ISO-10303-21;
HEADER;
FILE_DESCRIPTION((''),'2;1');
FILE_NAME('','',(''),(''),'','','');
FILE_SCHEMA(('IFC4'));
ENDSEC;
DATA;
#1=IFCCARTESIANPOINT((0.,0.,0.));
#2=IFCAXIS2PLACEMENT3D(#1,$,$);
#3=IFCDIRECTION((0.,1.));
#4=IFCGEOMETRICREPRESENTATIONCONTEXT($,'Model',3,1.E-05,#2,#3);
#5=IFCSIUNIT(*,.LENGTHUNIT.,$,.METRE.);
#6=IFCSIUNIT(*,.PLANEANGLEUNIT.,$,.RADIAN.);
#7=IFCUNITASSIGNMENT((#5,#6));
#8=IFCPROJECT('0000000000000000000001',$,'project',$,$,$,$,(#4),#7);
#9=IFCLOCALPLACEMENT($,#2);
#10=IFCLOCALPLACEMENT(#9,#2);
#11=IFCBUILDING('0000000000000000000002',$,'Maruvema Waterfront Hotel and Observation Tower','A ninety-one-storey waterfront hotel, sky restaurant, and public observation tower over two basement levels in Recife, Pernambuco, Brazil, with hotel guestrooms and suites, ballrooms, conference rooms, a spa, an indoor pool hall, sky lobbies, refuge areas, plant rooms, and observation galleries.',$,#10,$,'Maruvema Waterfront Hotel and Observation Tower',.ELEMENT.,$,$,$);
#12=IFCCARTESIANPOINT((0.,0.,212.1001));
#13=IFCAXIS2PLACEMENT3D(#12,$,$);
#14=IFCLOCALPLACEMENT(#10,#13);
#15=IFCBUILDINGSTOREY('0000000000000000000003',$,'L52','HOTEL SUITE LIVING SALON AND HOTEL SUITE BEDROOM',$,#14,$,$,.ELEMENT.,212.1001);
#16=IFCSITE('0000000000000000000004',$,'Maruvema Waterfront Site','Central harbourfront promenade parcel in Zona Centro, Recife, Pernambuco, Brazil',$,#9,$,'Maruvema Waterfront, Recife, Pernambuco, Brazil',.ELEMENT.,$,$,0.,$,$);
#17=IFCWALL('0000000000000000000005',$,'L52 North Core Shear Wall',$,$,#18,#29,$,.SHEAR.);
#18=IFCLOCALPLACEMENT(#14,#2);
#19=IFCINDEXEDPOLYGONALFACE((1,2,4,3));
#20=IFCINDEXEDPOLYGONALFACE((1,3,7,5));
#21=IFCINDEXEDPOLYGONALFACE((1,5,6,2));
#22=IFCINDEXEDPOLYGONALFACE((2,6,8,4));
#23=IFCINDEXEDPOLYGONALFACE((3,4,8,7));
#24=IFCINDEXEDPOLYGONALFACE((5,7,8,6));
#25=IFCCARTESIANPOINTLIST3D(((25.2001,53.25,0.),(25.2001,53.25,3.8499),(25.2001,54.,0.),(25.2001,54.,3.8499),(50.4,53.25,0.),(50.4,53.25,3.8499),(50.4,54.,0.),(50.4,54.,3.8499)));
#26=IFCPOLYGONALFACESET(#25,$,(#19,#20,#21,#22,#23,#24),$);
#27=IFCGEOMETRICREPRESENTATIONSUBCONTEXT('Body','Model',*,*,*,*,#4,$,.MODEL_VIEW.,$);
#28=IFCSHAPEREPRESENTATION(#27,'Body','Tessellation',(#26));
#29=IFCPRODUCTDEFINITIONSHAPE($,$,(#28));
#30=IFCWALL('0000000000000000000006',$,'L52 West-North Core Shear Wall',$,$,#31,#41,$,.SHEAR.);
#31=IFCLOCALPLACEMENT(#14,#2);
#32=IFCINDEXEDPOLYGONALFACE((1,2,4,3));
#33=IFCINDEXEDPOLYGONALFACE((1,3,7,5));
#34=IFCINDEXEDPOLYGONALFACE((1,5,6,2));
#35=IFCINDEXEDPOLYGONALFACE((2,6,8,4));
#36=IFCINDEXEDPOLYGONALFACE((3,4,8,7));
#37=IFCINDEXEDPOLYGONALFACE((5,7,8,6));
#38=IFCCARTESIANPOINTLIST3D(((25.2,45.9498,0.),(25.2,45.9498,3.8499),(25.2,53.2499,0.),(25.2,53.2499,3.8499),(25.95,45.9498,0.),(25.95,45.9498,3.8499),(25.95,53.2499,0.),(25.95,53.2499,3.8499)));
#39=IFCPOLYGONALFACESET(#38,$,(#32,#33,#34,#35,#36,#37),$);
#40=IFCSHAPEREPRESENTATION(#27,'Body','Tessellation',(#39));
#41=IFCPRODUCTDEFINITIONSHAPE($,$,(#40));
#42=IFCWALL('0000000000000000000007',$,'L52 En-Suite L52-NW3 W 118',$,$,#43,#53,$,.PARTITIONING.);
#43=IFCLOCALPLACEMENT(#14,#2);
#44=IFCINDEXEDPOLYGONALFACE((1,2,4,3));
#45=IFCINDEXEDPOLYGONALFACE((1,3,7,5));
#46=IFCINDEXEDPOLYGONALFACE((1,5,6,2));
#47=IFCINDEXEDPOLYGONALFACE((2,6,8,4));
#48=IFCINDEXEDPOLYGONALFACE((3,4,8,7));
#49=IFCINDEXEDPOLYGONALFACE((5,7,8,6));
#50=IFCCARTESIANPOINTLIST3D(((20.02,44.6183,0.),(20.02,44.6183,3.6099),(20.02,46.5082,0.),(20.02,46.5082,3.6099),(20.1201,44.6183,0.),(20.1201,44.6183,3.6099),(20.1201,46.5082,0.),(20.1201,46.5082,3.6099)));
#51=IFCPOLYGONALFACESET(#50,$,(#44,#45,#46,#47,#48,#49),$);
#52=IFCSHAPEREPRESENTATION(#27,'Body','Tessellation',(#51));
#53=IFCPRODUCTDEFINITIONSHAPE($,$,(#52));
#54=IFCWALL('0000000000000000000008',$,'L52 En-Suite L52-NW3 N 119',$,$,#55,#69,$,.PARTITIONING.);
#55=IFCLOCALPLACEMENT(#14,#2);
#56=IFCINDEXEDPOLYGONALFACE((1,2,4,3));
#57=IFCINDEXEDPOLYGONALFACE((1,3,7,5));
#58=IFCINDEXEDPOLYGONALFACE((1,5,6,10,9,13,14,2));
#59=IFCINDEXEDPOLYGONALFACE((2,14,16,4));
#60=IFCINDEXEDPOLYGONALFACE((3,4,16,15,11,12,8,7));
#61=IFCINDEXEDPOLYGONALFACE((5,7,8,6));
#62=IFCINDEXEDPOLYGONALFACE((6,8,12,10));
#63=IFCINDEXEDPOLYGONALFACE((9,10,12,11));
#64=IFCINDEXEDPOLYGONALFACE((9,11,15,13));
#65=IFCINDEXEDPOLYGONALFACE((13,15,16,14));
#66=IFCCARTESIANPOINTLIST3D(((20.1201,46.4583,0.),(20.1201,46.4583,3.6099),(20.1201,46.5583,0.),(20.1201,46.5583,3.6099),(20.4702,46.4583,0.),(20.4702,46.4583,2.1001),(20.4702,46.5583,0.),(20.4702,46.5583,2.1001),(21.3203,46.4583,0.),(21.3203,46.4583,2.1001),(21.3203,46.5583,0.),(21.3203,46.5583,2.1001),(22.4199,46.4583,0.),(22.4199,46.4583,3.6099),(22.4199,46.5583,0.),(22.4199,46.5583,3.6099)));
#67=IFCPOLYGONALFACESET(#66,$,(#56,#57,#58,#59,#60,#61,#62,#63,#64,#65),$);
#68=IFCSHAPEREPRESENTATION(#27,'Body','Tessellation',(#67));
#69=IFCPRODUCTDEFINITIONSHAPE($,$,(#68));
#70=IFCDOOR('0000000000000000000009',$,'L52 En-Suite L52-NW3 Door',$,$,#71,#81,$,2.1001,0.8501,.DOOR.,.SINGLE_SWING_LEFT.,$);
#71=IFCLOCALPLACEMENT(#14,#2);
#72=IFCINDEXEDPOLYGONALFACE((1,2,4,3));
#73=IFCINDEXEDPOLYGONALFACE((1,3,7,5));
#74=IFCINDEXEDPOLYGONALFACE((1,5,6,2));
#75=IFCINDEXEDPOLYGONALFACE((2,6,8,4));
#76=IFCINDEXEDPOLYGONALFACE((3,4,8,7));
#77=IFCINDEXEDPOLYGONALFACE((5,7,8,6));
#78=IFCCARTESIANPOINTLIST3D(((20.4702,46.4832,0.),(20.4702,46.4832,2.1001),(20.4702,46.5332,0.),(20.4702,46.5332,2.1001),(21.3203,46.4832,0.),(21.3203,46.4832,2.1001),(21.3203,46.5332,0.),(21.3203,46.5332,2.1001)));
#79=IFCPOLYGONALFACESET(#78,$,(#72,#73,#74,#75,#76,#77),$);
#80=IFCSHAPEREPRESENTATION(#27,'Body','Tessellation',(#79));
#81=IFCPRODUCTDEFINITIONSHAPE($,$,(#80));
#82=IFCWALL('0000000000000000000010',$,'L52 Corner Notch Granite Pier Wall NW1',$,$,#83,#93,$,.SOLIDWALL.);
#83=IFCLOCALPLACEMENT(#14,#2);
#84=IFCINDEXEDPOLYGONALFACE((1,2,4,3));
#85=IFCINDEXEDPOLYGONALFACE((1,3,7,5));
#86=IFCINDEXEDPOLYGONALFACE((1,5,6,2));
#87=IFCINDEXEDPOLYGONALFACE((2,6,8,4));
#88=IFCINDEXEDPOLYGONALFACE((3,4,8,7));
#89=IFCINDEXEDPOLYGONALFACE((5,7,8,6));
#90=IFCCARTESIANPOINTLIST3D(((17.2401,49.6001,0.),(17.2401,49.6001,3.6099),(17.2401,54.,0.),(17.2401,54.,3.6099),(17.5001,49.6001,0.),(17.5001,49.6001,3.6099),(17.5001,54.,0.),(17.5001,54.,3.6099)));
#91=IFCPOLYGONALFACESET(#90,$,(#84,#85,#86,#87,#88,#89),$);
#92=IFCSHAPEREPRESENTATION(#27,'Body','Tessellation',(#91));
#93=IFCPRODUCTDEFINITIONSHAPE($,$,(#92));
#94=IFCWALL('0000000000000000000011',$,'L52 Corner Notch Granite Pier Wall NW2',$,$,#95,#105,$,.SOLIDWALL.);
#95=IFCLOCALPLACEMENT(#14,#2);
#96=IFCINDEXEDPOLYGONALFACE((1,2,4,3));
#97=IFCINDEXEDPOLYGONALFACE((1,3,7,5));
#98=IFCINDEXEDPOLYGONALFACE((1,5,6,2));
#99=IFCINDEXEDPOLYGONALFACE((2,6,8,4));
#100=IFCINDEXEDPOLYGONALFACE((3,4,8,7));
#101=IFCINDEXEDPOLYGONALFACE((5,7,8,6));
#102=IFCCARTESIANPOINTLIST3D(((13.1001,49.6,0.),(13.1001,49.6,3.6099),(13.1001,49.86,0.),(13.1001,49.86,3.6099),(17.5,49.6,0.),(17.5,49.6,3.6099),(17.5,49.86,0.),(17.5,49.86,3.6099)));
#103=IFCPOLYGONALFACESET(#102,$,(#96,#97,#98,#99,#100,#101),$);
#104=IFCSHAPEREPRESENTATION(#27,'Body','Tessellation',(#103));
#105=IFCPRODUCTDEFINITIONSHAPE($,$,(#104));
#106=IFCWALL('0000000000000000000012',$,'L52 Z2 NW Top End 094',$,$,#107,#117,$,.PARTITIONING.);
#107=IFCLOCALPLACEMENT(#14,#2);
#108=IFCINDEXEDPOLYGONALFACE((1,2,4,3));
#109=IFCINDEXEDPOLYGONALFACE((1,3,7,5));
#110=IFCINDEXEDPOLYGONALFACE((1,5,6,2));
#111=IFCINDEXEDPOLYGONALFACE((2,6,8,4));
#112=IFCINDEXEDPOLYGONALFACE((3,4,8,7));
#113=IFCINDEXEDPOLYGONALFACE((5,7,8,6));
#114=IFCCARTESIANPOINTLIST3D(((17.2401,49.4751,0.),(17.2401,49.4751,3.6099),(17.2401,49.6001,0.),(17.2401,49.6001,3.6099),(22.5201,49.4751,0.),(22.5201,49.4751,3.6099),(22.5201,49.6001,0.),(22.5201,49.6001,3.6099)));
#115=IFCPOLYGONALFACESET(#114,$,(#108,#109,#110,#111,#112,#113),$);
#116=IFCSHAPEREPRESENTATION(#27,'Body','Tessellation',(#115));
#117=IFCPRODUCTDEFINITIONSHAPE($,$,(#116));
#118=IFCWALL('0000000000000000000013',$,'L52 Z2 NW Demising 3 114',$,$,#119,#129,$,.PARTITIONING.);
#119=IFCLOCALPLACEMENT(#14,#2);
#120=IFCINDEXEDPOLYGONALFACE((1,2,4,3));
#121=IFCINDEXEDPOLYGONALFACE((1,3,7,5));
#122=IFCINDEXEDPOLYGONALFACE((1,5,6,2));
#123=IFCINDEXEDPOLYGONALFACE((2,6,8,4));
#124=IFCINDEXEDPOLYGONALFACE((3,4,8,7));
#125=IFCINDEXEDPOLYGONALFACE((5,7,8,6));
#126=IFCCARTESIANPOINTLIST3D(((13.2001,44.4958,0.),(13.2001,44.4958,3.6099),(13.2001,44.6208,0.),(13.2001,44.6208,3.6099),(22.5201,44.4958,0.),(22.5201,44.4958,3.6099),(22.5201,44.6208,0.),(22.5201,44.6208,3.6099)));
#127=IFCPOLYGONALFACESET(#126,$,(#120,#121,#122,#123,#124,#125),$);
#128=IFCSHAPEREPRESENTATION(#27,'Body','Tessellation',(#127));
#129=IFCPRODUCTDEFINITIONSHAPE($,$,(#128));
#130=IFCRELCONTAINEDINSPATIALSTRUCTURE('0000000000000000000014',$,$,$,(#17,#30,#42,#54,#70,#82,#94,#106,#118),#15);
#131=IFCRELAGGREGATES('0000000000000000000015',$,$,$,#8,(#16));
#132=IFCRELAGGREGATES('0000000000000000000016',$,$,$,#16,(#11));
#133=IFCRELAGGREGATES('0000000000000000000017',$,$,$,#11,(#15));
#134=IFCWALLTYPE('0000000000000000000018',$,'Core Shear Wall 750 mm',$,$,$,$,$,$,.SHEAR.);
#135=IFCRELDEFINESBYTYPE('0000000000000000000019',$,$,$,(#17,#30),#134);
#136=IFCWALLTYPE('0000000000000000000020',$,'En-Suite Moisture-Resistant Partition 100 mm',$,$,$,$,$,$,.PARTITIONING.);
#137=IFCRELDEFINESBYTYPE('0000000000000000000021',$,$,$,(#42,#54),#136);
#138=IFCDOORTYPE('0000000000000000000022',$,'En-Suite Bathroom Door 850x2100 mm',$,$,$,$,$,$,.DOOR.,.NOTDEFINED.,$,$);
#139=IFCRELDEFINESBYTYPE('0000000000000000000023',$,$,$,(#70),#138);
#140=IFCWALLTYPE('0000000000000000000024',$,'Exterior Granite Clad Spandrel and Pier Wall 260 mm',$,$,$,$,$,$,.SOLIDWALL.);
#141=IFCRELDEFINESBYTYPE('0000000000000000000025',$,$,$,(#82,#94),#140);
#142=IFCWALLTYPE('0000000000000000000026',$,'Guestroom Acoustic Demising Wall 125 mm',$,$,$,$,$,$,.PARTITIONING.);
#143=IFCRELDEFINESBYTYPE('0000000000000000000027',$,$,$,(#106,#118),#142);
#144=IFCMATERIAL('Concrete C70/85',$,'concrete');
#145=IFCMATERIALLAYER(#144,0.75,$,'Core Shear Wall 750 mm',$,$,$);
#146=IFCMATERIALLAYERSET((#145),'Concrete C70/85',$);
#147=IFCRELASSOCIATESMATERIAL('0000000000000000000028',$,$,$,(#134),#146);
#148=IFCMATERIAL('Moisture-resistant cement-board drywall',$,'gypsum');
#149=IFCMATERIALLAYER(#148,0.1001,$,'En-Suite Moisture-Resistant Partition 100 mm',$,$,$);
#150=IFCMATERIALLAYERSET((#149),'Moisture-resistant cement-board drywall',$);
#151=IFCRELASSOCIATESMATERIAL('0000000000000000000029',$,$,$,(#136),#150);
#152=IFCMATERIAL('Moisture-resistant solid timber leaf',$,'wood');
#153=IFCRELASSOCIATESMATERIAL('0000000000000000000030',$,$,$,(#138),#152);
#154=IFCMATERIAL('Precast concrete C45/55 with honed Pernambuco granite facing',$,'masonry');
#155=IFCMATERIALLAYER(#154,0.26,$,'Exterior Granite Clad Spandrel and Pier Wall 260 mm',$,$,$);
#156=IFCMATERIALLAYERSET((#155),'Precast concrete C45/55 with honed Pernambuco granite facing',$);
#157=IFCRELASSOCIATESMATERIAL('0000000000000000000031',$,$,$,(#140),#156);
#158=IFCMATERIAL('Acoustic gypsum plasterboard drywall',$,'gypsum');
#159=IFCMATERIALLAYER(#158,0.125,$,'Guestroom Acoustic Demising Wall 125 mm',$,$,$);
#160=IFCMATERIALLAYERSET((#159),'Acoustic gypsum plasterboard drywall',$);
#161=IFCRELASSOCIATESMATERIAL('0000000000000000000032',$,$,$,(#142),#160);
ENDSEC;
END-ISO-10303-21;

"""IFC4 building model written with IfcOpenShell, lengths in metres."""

from ifc_helpers import new_model, si_unit, direction, frame, frame_2d, origin, place, context, subcontext, project, spatial, rectangle, extrude, material, layer, layer_set, type_object, element, fill, save


model = new_model("IFC4")

# Units and contexts
model_context = context("Model", 3, precision=1e-05, world=origin(), true_north=direction((0.0, 1.0)))
body_context = subcontext(model_context, "Body", "Model", "MODEL_VIEW")
ifc_project = project(units=[si_unit("LENGTHUNIT", "METRE"), si_unit("PLANEANGLEUNIT", "RADIAN")], contexts=[model_context])

# Site, building, storey
site_placement = place(None, origin())
site = spatial("IfcSite", under=ifc_project, at=site_placement, Name="Maruvema Waterfront Site", Description="Central harbourfront promenade parcel in Zona Centro, Recife, Pernambuco, Brazil", LongName="Maruvema Waterfront, Recife, Pernambuco, Brazil", CompositionType="ELEMENT", RefElevation=0.0)
building_placement = place(site_placement, origin())
building = spatial("IfcBuilding", under=site, at=building_placement, Name="Maruvema Waterfront Hotel and Observation Tower", Description="A ninety-one-storey waterfront hotel, sky restaurant, and public observation tower over two basement levels in Recife, Pernambuco, Brazil, with hotel guestrooms and suites, ballrooms, conference rooms, a spa, an indoor pool hall, sky lobbies, refuge areas, plant rooms, and observation galleries.", LongName="Maruvema Waterfront Hotel and Observation Tower", CompositionType="ELEMENT")
storey_placement = place(building_placement, frame((0.0, 0.0, 212.1001)))
storey = spatial("IfcBuildingStorey", under=building, at=storey_placement, Name="L52", Description="HOTEL SUITE LIVING SALON AND HOTEL SUITE BEDROOM", CompositionType="ELEMENT", Elevation=212.1001)

# Walls
ifc_material_1 = material(Name="Concrete C70/85", Category="concrete")
ifc_layer_1 = layer(ifc_material_1, 0.75, Name="Core Shear Wall 750 mm")
ifc_layer_set_1 = layer_set([ifc_layer_1], Name="Concrete C70/85")
wall_type_1 = type_object("IfcWallType", Name="Core Shear Wall 750 mm", PredefinedType="SHEAR", material=ifc_layer_set_1)
wall_1_placement = place(storey_placement, frame((25.2, 53.625, 0.0), z_axis=(0.0, 0.0, 1.0), x_axis=(1.0, 0.0, 0.0)))
element("IfcWall", 1, at=wall_1_placement, inside=storey, type_object=wall_type_1, Name="L52 North Core Shear Wall", PredefinedType="SHEAR", context=body_context, shape_type="SweptSolid", body=[
    extrude(rectangle(XDim=25.2, YDim=0.75, at=frame_2d((12.6001, 0.0))), origin(), (0.0, 0.0, 1.0), 3.8499),
])
wall_2_placement = place(storey_placement, frame((25.575, 45.95, 0.0), z_axis=(0.0, 0.0, 1.0), x_axis=(0.0, 1.0, 0.0)))
element("IfcWall", 2, at=wall_2_placement, inside=storey, type_object=wall_type_1, Name="L52 West-North Core Shear Wall", PredefinedType="SHEAR", context=body_context, shape_type="SweptSolid", body=[
    extrude(rectangle(XDim=7.3, YDim=0.75, at=frame_2d((3.6499, 0.0))), origin(), (0.0, 0.0, 1.0), 3.8499),
])
ifc_material_2 = material(Name="Moisture-resistant cement-board drywall", Category="gypsum")
ifc_layer_2 = layer(ifc_material_2, 0.1001, Name="En-Suite Moisture-Resistant Partition 100 mm")
ifc_layer_set_2 = layer_set([ifc_layer_2], Name="Moisture-resistant cement-board drywall")
wall_type_2 = type_object("IfcWallType", Name="En-Suite Moisture-Resistant Partition 100 mm", PredefinedType="PARTITIONING", material=ifc_layer_set_2)
wall_3_placement = place(storey_placement, frame((20.0701, 44.6184, 0.0), z_axis=(0.0, 0.0, 1.0), x_axis=(0.0, 1.0, 0.0)))
element("IfcWall", 3, at=wall_3_placement, inside=storey, type_object=wall_type_2, Name="L52 En-Suite L52-NW3 W 118", PredefinedType="PARTITIONING", context=body_context, shape_type="SweptSolid", body=[
    extrude(rectangle(XDim=1.8899, YDim=0.1001, at=frame_2d((0.9448, 0.0))), origin(), (0.0, 0.0, 1.0), 3.6099),
])

# Wall, opening, door
wall_4_placement = place(storey_placement, frame((20.1201, 46.5083, 0.0), z_axis=(0.0, 0.0, 1.0), x_axis=(1.0, 0.0, 0.0)))
wall_4 = element("IfcWall", 4, at=wall_4_placement, inside=storey, type_object=wall_type_2, Name="L52 En-Suite L52-NW3 N 119", PredefinedType="PARTITIONING", context=body_context, shape_type="SweptSolid", body=[
    extrude(rectangle(XDim=2.2998, YDim=0.1001, at=frame_2d((1.1499, 0.0))), origin(), (0.0, 0.0, 1.0), 3.6099),
])
opening_1_placement = place(wall_4_placement, frame((0.3501, 0.0, 0.0)))
opening_1 = element("IfcOpeningElement", 5, at=opening_1_placement, cuts=wall_4, PredefinedType="OPENING", context=body_context, shape_type="SweptSolid", body=[
    extrude(rectangle(XDim=0.8501, YDim=2.1001, at=frame_2d((0.425, 1.05))), frame((0.0, 0.0601, 0.0), z_axis=(0.0, -1.0, 0.0), x_axis=(1.0, 0.0, 0.0)), (0.0, 0.0, 1.0), 0.1201),
])
ifc_material_3 = material(Name="Moisture-resistant solid timber leaf", Category="wood")
door_type_1 = type_object("IfcDoorType", Name="En-Suite Bathroom Door 850x2100 mm", OperationType="NOTDEFINED", PredefinedType="DOOR", material=ifc_material_3)
door_1_placement = place(opening_1_placement, origin())
door_1 = element("IfcDoor", 6, at=door_1_placement, inside=storey, type_object=door_type_1, Name="L52 En-Suite L52-NW3 Door", OperationType="SINGLE_SWING_LEFT", OverallHeight=2.1001, OverallWidth=0.8501, PredefinedType="DOOR", context=body_context, shape_type="SweptSolid", body=[
    extrude(rectangle(XDim=0.8501, YDim=2.1001, at=frame_2d((0.425, 1.05))), frame((0.0, 0.0249, 0.0), z_axis=(0.0, -1.0, 0.0), x_axis=(1.0, 0.0, 0.0)), (0.0, 0.0, 1.0), 0.05),
])
fill(opening_1, door_1)

# Walls
ifc_material_4 = material(Name="Precast concrete C45/55 with honed Pernambuco granite facing", Category="masonry")
ifc_layer_3 = layer(ifc_material_4, 0.26, Name="Exterior Granite Clad Spandrel and Pier Wall 260 mm")
ifc_layer_set_3 = layer_set([ifc_layer_3], Name="Precast concrete C45/55 with honed Pernambuco granite facing")
wall_type_3 = type_object("IfcWallType", Name="Exterior Granite Clad Spandrel and Pier Wall 260 mm", PredefinedType="SOLIDWALL", material=ifc_layer_set_3)
for number, where, z_axis, x_axis, name in (
    (7, (17.3701, 49.6001, 0.0), (0.0, 0.0, 1.0), (0.0, 1.0, 0.0), "L52 Corner Notch Granite Pier Wall NW1"),
    (8, (13.1001, 49.73, 0.0), (0.0, 0.0, 1.0), (1.0, 0.0, 0.0), "L52 Corner Notch Granite Pier Wall NW2"),
):
    element("IfcWall", number, at=place(storey_placement, frame(where, z_axis=z_axis, x_axis=x_axis)), inside=storey, type_object=wall_type_3, Name=name, PredefinedType="SOLIDWALL", context=body_context, shape_type="SweptSolid", body=[
        extrude(rectangle(XDim=4.3999, YDim=0.26, at=frame_2d((2.2, 0.0))), origin(), (0.0, 0.0, 1.0), 3.6099),
    ])
ifc_material_5 = material(Name="Acoustic gypsum plasterboard drywall", Category="gypsum")
ifc_layer_4 = layer(ifc_material_5, 0.125, Name="Guestroom Acoustic Demising Wall 125 mm")
ifc_layer_set_4 = layer_set([ifc_layer_4], Name="Acoustic gypsum plasterboard drywall")
wall_type_4 = type_object("IfcWallType", Name="Guestroom Acoustic Demising Wall 125 mm", PredefinedType="PARTITIONING", material=ifc_layer_set_4)
wall_5_placement = place(storey_placement, frame((17.24, 49.5376, 0.0), z_axis=(0.0, 0.0, 1.0), x_axis=(1.0, 0.0, 0.0)))
element("IfcWall", 9, at=wall_5_placement, inside=storey, type_object=wall_type_4, Name="L52 Z2 NW Top End 094", PredefinedType="PARTITIONING", context=body_context, shape_type="SweptSolid", body=[
    extrude(rectangle(XDim=5.28, YDim=0.125, at=frame_2d((2.6401, 0.0))), origin(), (0.0, 0.0, 1.0), 3.6099),
])
wall_6_placement = place(storey_placement, frame((13.2, 44.5583, 0.0), z_axis=(0.0, 0.0, 1.0), x_axis=(1.0, 0.0, 0.0)))
element("IfcWall", 10, at=wall_6_placement, inside=storey, type_object=wall_type_4, Name="L52 Z2 NW Demising 3 114", PredefinedType="PARTITIONING", context=body_context, shape_type="SweptSolid", body=[
    extrude(rectangle(XDim=9.3201, YDim=0.125, at=frame_2d((4.6602, 0.0))), origin(), (0.0, 0.0, 1.0), 3.6099),
])

save(model, "model.ifc")
